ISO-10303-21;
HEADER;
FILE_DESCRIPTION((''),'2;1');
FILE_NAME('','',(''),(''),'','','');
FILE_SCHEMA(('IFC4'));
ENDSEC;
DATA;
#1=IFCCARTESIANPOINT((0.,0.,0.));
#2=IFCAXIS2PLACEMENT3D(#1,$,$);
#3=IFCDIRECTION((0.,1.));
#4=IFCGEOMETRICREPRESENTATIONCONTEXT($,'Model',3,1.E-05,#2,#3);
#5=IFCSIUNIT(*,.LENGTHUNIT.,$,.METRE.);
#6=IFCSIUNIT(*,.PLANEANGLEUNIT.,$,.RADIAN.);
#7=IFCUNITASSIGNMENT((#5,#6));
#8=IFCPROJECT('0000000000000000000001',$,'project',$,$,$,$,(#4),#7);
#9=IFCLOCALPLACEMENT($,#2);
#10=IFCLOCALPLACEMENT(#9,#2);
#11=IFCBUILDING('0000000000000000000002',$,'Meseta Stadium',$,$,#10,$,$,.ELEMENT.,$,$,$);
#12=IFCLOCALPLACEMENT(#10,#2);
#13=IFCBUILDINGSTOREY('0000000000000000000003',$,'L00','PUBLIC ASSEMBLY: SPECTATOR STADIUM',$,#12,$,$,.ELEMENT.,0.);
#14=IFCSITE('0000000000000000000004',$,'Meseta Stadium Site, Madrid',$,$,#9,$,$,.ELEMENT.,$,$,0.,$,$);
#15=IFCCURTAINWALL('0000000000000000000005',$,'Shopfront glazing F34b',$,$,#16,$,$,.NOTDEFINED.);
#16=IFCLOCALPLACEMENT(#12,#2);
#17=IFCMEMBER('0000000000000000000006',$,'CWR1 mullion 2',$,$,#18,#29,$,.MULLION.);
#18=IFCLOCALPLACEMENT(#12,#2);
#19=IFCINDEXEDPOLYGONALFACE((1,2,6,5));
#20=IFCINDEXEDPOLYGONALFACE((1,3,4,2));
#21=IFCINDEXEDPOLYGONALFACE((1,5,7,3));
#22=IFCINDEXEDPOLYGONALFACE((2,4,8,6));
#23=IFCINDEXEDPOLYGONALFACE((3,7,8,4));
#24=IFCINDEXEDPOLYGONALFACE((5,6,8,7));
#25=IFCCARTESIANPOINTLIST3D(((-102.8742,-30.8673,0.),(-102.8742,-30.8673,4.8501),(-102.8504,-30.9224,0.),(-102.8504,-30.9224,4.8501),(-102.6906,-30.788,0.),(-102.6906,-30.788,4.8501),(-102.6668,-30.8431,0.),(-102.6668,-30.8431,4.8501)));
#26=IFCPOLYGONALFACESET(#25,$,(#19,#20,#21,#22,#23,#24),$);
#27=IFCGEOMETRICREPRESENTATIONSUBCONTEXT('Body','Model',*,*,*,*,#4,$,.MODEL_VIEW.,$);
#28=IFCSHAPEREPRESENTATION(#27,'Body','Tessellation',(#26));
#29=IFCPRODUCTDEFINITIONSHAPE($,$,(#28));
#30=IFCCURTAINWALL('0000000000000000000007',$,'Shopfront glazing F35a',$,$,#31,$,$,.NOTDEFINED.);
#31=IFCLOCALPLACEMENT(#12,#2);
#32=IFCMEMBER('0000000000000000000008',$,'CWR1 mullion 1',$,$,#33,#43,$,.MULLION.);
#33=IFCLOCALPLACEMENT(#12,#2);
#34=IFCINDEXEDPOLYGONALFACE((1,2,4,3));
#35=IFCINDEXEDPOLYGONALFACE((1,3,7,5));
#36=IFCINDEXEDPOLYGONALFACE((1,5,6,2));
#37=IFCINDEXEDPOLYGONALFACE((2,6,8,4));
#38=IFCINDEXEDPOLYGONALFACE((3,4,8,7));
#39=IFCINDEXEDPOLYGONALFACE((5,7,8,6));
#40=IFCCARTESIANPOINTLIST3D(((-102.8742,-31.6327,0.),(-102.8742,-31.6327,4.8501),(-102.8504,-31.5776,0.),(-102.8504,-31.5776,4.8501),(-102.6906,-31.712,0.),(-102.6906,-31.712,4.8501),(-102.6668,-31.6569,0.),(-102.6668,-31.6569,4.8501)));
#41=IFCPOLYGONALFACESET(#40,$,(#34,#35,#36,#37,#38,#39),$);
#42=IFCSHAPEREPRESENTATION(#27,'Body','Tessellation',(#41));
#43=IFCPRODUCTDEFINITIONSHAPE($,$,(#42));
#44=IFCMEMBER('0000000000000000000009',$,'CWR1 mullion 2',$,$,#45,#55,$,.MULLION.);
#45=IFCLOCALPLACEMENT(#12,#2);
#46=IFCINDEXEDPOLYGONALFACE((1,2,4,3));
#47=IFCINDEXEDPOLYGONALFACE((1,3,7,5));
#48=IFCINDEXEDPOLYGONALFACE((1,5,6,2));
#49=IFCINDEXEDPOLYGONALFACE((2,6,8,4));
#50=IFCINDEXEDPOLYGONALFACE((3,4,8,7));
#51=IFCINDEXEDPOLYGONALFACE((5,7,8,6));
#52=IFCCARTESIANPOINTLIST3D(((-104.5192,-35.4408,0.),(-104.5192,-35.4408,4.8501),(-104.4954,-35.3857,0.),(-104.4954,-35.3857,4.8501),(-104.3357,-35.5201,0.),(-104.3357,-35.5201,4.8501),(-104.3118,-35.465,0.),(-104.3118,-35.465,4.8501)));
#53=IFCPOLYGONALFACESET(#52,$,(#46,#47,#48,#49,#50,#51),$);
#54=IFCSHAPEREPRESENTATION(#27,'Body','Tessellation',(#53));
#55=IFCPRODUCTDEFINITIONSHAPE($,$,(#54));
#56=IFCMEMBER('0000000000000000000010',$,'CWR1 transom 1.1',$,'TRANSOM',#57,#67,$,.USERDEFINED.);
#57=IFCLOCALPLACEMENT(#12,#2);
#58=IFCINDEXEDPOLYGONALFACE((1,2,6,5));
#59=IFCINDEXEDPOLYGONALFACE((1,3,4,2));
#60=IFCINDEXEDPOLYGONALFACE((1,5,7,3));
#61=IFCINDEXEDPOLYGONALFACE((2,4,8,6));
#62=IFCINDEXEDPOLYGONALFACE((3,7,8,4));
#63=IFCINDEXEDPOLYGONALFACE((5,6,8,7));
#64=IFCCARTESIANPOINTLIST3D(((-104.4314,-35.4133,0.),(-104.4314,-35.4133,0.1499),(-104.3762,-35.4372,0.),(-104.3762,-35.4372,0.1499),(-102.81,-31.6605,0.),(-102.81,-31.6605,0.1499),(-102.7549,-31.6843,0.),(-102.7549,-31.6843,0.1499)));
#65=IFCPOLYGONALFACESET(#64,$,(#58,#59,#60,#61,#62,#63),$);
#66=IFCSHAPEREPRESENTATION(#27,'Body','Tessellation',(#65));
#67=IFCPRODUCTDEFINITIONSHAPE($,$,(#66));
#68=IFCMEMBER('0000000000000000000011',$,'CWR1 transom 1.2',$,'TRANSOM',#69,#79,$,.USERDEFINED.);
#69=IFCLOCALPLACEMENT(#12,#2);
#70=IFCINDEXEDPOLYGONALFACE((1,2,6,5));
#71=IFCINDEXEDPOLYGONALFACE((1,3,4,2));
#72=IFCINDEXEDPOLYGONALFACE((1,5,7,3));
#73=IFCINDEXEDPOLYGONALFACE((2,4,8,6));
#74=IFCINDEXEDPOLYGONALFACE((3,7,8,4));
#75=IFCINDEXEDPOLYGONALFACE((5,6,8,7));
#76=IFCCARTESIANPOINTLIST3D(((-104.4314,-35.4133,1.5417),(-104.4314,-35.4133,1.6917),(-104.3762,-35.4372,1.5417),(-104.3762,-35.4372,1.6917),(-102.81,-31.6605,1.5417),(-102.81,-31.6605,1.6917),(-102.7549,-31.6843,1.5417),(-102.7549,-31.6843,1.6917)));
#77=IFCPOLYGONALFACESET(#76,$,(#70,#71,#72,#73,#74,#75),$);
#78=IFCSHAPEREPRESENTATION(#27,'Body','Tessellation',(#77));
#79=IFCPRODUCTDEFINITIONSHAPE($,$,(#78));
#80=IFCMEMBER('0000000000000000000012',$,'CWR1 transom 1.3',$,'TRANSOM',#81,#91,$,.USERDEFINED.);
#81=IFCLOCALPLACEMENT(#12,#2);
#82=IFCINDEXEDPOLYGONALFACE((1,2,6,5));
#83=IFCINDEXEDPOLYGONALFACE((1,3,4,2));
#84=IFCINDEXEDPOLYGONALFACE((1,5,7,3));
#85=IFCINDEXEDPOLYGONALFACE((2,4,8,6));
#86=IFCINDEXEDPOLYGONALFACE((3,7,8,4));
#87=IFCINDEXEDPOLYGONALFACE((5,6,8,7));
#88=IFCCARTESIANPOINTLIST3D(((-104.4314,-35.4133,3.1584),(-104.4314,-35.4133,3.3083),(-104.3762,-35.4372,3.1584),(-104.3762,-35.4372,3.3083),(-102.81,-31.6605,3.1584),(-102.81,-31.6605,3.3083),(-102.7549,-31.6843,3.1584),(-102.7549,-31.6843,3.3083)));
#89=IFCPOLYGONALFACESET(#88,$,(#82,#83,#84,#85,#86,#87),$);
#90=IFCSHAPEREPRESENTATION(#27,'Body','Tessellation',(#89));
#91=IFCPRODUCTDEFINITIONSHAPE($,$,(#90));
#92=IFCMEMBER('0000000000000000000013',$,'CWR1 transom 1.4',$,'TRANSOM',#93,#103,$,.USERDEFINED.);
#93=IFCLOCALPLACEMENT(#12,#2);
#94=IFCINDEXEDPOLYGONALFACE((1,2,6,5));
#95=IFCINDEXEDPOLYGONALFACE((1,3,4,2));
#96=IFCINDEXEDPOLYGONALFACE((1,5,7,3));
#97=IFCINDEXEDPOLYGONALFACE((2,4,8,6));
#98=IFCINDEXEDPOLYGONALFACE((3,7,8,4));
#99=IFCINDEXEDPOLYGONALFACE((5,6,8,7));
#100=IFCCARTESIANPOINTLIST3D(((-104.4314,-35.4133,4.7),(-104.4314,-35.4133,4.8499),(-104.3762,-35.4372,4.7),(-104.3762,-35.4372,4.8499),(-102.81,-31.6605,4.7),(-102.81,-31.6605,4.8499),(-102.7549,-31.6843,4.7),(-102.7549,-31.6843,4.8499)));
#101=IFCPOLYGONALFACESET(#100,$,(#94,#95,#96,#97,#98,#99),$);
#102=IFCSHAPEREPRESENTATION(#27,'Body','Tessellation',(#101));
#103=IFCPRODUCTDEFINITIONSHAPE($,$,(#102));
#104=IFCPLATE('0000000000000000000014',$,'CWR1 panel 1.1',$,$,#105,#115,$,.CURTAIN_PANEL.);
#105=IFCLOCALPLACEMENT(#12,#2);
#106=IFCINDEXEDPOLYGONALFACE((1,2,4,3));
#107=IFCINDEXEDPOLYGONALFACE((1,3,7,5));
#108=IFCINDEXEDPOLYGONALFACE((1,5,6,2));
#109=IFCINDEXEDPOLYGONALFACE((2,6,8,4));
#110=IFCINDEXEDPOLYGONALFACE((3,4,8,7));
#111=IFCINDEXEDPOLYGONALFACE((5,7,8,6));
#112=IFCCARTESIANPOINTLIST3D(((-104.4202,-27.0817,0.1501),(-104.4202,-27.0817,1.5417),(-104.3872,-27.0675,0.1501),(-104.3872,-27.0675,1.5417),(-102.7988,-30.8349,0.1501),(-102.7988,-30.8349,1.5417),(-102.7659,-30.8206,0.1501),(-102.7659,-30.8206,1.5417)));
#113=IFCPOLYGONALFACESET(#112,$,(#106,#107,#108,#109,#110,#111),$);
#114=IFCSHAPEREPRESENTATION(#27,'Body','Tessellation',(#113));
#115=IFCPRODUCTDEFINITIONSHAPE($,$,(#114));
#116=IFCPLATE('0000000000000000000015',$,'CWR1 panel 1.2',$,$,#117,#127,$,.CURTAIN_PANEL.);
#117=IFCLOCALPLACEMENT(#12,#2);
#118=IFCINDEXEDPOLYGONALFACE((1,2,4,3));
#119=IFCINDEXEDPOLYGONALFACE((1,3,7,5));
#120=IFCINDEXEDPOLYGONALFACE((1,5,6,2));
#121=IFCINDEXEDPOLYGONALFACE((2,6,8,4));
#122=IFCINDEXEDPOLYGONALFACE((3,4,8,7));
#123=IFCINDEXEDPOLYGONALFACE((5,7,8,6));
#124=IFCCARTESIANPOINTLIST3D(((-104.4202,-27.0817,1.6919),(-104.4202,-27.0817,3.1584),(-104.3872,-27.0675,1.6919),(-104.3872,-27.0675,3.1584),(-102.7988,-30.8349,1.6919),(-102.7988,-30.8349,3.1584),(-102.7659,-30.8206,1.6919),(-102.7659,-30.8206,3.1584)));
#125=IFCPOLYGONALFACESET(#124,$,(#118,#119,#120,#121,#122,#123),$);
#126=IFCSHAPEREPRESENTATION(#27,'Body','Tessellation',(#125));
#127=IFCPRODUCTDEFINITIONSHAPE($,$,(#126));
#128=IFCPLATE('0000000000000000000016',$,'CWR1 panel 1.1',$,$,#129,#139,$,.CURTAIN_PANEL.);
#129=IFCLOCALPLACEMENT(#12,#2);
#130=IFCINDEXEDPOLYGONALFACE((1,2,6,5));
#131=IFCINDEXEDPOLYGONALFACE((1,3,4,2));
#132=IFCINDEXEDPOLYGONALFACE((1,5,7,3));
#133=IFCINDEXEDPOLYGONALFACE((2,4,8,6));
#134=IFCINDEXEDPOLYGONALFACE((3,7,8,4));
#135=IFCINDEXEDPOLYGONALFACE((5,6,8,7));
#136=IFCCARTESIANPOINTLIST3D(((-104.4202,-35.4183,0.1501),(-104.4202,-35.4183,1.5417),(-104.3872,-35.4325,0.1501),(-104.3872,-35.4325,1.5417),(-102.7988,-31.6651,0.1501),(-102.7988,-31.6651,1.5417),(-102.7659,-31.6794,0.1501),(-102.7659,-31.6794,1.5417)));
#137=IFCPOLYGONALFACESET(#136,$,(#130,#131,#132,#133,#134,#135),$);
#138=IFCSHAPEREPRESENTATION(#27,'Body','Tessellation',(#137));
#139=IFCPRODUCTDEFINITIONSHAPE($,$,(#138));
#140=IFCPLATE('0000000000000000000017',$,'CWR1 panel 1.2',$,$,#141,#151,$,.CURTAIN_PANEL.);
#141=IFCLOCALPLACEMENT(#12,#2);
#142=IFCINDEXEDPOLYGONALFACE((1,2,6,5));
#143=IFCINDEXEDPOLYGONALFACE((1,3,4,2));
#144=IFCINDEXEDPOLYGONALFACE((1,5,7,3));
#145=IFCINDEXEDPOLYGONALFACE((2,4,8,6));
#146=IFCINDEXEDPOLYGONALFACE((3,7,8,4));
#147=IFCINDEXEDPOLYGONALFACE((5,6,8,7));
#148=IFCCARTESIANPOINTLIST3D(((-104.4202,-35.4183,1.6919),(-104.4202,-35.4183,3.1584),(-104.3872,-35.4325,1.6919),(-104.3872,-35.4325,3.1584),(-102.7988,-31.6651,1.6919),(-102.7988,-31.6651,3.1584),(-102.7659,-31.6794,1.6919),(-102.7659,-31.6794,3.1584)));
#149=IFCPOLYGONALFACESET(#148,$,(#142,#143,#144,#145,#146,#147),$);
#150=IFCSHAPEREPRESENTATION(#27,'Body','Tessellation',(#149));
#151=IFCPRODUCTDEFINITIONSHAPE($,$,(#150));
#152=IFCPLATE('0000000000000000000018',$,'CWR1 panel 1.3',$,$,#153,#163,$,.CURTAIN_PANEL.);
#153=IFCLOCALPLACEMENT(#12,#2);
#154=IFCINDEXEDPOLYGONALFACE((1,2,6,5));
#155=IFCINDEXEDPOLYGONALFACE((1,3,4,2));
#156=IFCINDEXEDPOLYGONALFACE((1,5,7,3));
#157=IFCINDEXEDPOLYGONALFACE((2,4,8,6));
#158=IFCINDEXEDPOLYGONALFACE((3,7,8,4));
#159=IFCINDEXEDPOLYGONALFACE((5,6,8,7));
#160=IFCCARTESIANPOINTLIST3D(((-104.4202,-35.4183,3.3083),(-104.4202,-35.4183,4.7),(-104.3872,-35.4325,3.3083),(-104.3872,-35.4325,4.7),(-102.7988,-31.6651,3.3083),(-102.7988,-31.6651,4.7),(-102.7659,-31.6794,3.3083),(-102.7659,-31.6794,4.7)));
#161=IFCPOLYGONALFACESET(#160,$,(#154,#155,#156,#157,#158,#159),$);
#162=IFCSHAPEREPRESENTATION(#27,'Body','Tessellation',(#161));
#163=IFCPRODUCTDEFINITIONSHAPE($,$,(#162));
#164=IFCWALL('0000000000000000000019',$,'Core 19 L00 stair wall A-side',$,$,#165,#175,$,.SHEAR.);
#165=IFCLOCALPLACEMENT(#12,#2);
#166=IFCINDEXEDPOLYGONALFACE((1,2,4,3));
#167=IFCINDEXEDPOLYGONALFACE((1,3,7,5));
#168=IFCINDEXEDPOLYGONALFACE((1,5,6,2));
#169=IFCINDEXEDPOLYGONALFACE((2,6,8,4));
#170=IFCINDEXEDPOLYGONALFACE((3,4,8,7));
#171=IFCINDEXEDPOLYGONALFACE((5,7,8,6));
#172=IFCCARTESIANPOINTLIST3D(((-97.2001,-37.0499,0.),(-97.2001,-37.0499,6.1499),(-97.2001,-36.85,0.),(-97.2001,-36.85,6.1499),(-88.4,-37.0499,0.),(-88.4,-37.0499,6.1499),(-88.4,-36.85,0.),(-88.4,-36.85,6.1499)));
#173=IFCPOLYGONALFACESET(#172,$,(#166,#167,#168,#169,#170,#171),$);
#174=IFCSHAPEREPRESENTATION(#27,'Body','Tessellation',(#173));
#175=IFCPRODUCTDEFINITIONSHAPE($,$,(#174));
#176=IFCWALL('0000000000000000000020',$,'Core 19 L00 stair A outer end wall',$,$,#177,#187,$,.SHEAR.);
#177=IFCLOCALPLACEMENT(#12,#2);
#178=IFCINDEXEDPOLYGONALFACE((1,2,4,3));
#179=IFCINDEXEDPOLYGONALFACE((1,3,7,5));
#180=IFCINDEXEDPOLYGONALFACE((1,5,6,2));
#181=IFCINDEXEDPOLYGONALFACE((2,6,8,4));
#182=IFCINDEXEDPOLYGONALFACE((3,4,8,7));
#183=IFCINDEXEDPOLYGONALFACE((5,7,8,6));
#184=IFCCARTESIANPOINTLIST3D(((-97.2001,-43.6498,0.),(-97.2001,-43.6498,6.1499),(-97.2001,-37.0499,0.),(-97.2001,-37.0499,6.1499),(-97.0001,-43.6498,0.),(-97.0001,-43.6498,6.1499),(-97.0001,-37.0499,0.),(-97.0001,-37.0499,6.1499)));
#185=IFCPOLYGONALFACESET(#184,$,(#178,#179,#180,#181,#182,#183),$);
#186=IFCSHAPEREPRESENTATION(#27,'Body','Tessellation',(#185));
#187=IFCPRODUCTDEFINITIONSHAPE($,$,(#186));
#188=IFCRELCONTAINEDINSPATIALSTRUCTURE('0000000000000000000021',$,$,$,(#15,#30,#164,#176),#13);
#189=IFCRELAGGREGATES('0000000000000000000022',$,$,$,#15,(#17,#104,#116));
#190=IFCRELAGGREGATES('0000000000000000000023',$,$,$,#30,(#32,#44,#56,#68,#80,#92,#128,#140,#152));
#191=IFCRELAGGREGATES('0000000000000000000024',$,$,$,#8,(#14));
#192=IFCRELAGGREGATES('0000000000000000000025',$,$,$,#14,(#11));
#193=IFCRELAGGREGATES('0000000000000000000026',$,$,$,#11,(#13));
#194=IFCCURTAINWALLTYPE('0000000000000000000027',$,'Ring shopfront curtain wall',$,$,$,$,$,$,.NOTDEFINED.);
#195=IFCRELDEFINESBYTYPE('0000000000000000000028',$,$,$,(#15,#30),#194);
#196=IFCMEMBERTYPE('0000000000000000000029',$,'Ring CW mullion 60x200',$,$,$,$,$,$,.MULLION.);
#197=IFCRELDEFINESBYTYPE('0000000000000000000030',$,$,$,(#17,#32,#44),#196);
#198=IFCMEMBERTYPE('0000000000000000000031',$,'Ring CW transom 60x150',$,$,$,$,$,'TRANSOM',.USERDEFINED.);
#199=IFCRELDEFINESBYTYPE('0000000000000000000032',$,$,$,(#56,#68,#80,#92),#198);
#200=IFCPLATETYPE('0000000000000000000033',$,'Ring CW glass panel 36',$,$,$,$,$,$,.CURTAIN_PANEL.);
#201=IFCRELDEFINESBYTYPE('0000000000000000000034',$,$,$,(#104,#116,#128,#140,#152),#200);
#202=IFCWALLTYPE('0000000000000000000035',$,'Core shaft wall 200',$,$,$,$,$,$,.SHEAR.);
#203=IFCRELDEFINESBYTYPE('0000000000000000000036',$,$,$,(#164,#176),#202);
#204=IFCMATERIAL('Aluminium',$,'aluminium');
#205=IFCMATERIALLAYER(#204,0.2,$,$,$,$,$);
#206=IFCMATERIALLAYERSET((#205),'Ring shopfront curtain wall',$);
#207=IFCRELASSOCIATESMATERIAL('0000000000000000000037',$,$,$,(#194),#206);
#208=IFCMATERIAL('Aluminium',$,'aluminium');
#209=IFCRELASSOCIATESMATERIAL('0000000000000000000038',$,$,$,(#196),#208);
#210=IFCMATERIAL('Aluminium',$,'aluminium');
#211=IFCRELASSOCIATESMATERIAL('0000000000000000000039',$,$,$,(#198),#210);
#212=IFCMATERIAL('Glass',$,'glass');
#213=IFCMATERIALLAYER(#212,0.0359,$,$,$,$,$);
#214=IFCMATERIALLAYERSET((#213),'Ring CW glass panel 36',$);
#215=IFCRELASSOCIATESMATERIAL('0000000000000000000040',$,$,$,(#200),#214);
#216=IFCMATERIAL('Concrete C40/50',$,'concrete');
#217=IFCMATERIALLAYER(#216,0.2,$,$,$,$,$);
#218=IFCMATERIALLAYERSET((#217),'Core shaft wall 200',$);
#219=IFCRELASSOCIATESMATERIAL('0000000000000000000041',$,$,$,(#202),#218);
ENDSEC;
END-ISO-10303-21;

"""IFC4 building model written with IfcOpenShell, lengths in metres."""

from ifc_helpers import new_model, si_unit, direction, frame, frame_2d, origin, origin_2d, place, context, subcontext, project, spatial, rectangle, extrude, material, layer, layer_set, material_profile, profile_set, type_object, element, aggregate, save


model = new_model("IFC4")

# Units and contexts
model_context = context("Model", 3, precision=1e-05, world=origin(), true_north=direction((0.0, 1.0)))
body_context = subcontext(model_context, "Body", "Model", "MODEL_VIEW")
ifc_project = project(units=[si_unit("LENGTHUNIT", "METRE"), si_unit("PLANEANGLEUNIT", "RADIAN")], contexts=[model_context])

# Site, building, storey
site_placement = place(None, origin())
site = spatial("IfcSite", under=ifc_project, at=site_placement, Name="Meseta Stadium Site, Madrid", CompositionType="ELEMENT", RefElevation=0.0)
building_placement = place(site_placement, origin())
building = spatial("IfcBuilding", under=site, at=building_placement, Name="Meseta Stadium", CompositionType="ELEMENT")
storey_placement = place(building_placement, origin())
storey = spatial("IfcBuildingStorey", under=building, at=storey_placement, Name="L00", Description="PUBLIC ASSEMBLY: SPECTATOR STADIUM", CompositionType="ELEMENT", Elevation=0.0)

# Curtain wall, member
ifc_material_1 = material(Name="Aluminium", Category="aluminium")
ifc_layer_1 = layer(ifc_material_1, 0.2)
ifc_layer_set_1 = layer_set([ifc_layer_1], Name="Ring shopfront curtain wall")
curtain_wall_type = type_object("IfcCurtainWallType", Name="Ring shopfront curtain wall", PredefinedType="NOTDEFINED", material=ifc_layer_set_1)
curtain_wall_1_placement = place(storey_placement, origin())
curtain_wall_1 = element("IfcCurtainWall", 1, at=curtain_wall_1_placement, inside=storey, type_object=curtain_wall_type, Name="Shopfront glazing F34b", PredefinedType="NOTDEFINED")
ifc_material_2 = material(Name="Aluminium", Category="aluminium")
ifc_material_profile_1 = material_profile(ifc_material_2, rectangle(XDim=0.2, YDim=0.0601, at=origin_2d()), Name="CW 200x60")
ifc_profile_set_1 = profile_set([ifc_material_profile_1], Name="Aluminium")
member_type_1 = type_object("IfcMemberType", Name="Ring CW mullion 60x200", PredefinedType="MULLION", material=ifc_profile_set_1)
member_1_placement = place(storey_placement, frame((-102.7705, -30.8552, 0.0), z_axis=(0.0, 0.0, 1.0), x_axis=(0.918002, 0.396576, 0.0)))
member_1 = element("IfcMember", 2, at=member_1_placement, type_object=member_type_1, Name="CWR1 mullion 2", PredefinedType="MULLION", context=body_context, shape_type="SweptSolid", body=[
    extrude(rectangle(XDim=0.2, YDim=0.0601, at=origin_2d()), origin(), (0.0, 0.0, 1.0), 4.8501),
])

# Curtain wall, members
curtain_wall_2_placement = place(storey_placement, origin())
curtain_wall_2 = element("IfcCurtainWall", 3, at=curtain_wall_2_placement, inside=storey, type_object=curtain_wall_type, Name="Shopfront glazing F35a", PredefinedType="NOTDEFINED")
member_2_placement = place(storey_placement, frame((-102.7705, -31.6448, 0.0), z_axis=(0.0, 0.0, 1.0), x_axis=(0.918002, -0.396576, 0.0)))
member_2 = element("IfcMember", 4, at=member_2_placement, type_object=member_type_1, Name="CWR1 mullion 1", PredefinedType="MULLION", context=body_context, shape_type="SweptSolid", body=[
    extrude(rectangle(XDim=0.2, YDim=0.0601, at=origin_2d()), origin(), (0.0, 0.0, 1.0), 4.8501),
])
member_3_placement = place(storey_placement, frame((-104.4155, -35.4529, 0.0), z_axis=(0.0, 0.0, 1.0), x_axis=(0.918002, -0.396576, 0.0)))
member_3 = element("IfcMember", 5, at=member_3_placement, type_object=member_type_1, Name="CWR1 mullion 2", PredefinedType="MULLION", context=body_context, shape_type="SweptSolid", body=[
    extrude(rectangle(XDim=0.2, YDim=0.0601, at=origin_2d()), origin(), (0.0, 0.0, 1.0), 4.8501),
])
ifc_material_3 = material(Name="Aluminium", Category="aluminium")
ifc_material_profile_2 = material_profile(ifc_material_3, rectangle(XDim=0.0601, YDim=0.1499, at=origin_2d()), Name="CW 60x150")
ifc_profile_set_2 = profile_set([ifc_material_profile_2], Name="Aluminium")
member_type_2 = type_object("IfcMemberType", Name="Ring CW transom 60x150", ElementType="TRANSOM", PredefinedType="USERDEFINED", material=ifc_profile_set_2)
member_4_placement = place(storey_placement, frame((-102.7825, -31.6724, 0.075), z_axis=(-0.396592, -0.917995, 0.0), x_axis=(0.917995, -0.396592, 0.0)))
member_4 = element("IfcMember", 6, at=member_4_placement, type_object=member_type_2, Name="CWR1 transom 1.1", ObjectType="TRANSOM", PredefinedType="USERDEFINED", context=body_context, shape_type="SweptSolid", body=[
    extrude(rectangle(XDim=0.0601, YDim=0.1499, at=origin_2d()), origin(), (0.0, 0.0, 1.0), 4.0881),
])
member_5_placement = place(storey_placement, frame((-102.7825, -31.6724, 1.6167), z_axis=(-0.396592, -0.917995, 0.0), x_axis=(0.917995, -0.396592, 0.0)))
member_5 = element("IfcMember", 7, at=member_5_placement, type_object=member_type_2, Name="CWR1 transom 1.2", ObjectType="TRANSOM", PredefinedType="USERDEFINED", context=body_context, shape_type="SweptSolid", body=[
    extrude(rectangle(XDim=0.0601, YDim=0.1499, at=origin_2d()), origin(), (0.0, 0.0, 1.0), 4.0881),
])
member_6_placement = place(storey_placement, frame((-102.7825, -31.6724, 3.2334), z_axis=(-0.396592, -0.917995, 0.0), x_axis=(0.917995, -0.396592, 0.0)))
member_6 = element("IfcMember", 8, at=member_6_placement, type_object=member_type_2, Name="CWR1 transom 1.3", ObjectType="TRANSOM", PredefinedType="USERDEFINED", context=body_context, shape_type="SweptSolid", body=[
    extrude(rectangle(XDim=0.0601, YDim=0.1499, at=origin_2d()), origin(), (0.0, 0.0, 1.0), 4.0881),
])
member_7_placement = place(storey_placement, frame((-102.7825, -31.6724, 4.7749), z_axis=(-0.396592, -0.917995, 0.0), x_axis=(0.917995, -0.396592, 0.0)))
member_7 = element("IfcMember", 9, at=member_7_placement, type_object=member_type_2, Name="CWR1 transom 1.4", ObjectType="TRANSOM", PredefinedType="USERDEFINED", context=body_context, shape_type="SweptSolid", body=[
    extrude(rectangle(XDim=0.0601, YDim=0.1499, at=origin_2d()), origin(), (0.0, 0.0, 1.0), 4.0881),
])

# Plates
ifc_material_4 = material(Name="Glass", Category="glass")
ifc_layer_2 = layer(ifc_material_4, 0.0359)
ifc_layer_set_2 = layer_set([ifc_layer_2], Name="Ring CW glass panel 36")
plate_type = type_object("IfcPlateType", Name="Ring CW glass panel 36", PredefinedType="CURTAIN_PANEL", material=ifc_layer_set_2)
plate_1_placement = place(storey_placement, frame((-103.593, -28.9512, 0.1501), z_axis=(0.0, 0.0, 1.0), x_axis=(0.396576, -0.918002, 0.0)))
plate_1 = element("IfcPlate", 10, at=plate_1_placement, type_object=plate_type, Name="CWR1 panel 1.1", PredefinedType="CURTAIN_PANEL", context=body_context, shape_type="SweptSolid", body=[
    extrude(rectangle(XDim=4.0884, YDim=0.0359, at=origin_2d()), origin(), (0.0, 0.0, 1.0), 1.3916),
])
plate_2_placement = place(storey_placement, frame((-103.593, -28.9512, 1.6919), z_axis=(0.0, 0.0, 1.0), x_axis=(0.396576, -0.918002, 0.0)))
plate_2 = element("IfcPlate", 11, at=plate_2_placement, type_object=plate_type, Name="CWR1 panel 1.2", PredefinedType="CURTAIN_PANEL", context=body_context, shape_type="SweptSolid", body=[
    extrude(rectangle(XDim=4.0884, YDim=0.0359, at=origin_2d()), origin(), (0.0, 0.0, 1.0), 1.4666),
])
aggregate(curtain_wall_1, [member_1, plate_1, plate_2])
plate_3_placement = place(storey_placement, frame((-103.593, -33.5488, 0.1501), z_axis=(0.0, 0.0, 1.0), x_axis=(-0.396576, -0.918002, 0.0)))
plate_3 = element("IfcPlate", 12, at=plate_3_placement, type_object=plate_type, Name="CWR1 panel 1.1", PredefinedType="CURTAIN_PANEL", context=body_context, shape_type="SweptSolid", body=[
    extrude(rectangle(XDim=4.0884, YDim=0.0359, at=origin_2d()), origin(), (0.0, 0.0, 1.0), 1.3916),
])
plate_4_placement = place(storey_placement, frame((-103.593, -33.5488, 1.6919), z_axis=(0.0, 0.0, 1.0), x_axis=(-0.396576, -0.918002, 0.0)))
plate_4 = element("IfcPlate", 13, at=plate_4_placement, type_object=plate_type, Name="CWR1 panel 1.2", PredefinedType="CURTAIN_PANEL", context=body_context, shape_type="SweptSolid", body=[
    extrude(rectangle(XDim=4.0884, YDim=0.0359, at=origin_2d()), origin(), (0.0, 0.0, 1.0), 1.4666),
])
plate_5_placement = place(storey_placement, frame((-103.593, -33.5488, 3.3083), z_axis=(0.0, 0.0, 1.0), x_axis=(-0.396576, -0.918002, 0.0)))
plate_5 = element("IfcPlate", 14, at=plate_5_placement, type_object=plate_type, Name="CWR1 panel 1.3", PredefinedType="CURTAIN_PANEL", context=body_context, shape_type="SweptSolid", body=[
    extrude(rectangle(XDim=4.0884, YDim=0.0359, at=origin_2d()), origin(), (0.0, 0.0, 1.0), 1.3916),
])
aggregate(curtain_wall_2, [member_2, member_3, member_4, member_5, member_6, member_7, plate_3, plate_4, plate_5])

# Walls
ifc_material_5 = material(Name="Concrete C40/50", Category="concrete")
ifc_layer_3 = layer(ifc_material_5, 0.2)
ifc_layer_set_3 = layer_set([ifc_layer_3], Name="Core shaft wall 200")
wall_type_1 = type_object("IfcWallType", Name="Core shaft wall 200", PredefinedType="SHEAR", material=ifc_layer_set_3)
wall_1_placement = place(storey_placement, frame((-97.2, -36.95, 0.0), z_axis=(0.0, 0.0, 1.0), x_axis=(1.0, 0.0, 0.0)))
element("IfcWall", 15, at=wall_1_placement, inside=storey, type_object=wall_type_1, Name="Core 19 L00 stair wall A-side", PredefinedType="SHEAR", context=body_context, shape_type="SweptSolid", body=[
    extrude(rectangle(XDim=8.8, YDim=0.2, at=frame_2d((4.3999, 0.0))), origin(), (0.0, 0.0, 1.0), 6.1499),
])
wall_2_placement = place(storey_placement, frame((-97.1001, -37.05, 0.0), z_axis=(0.0, 0.0, 1.0), x_axis=(0.0, -1.0, 0.0)))
element("IfcWall", 16, at=wall_2_placement, inside=storey, type_object=wall_type_1, Name="Core 19 L00 stair A outer end wall", PredefinedType="SHEAR", context=body_context, shape_type="SweptSolid", body=[
    extrude(rectangle(XDim=6.5999, YDim=0.2, at=frame_2d((3.2998, 0.0))), origin(), (0.0, 0.0, 1.0), 6.1499),
])

save(model, "model.ifc")
